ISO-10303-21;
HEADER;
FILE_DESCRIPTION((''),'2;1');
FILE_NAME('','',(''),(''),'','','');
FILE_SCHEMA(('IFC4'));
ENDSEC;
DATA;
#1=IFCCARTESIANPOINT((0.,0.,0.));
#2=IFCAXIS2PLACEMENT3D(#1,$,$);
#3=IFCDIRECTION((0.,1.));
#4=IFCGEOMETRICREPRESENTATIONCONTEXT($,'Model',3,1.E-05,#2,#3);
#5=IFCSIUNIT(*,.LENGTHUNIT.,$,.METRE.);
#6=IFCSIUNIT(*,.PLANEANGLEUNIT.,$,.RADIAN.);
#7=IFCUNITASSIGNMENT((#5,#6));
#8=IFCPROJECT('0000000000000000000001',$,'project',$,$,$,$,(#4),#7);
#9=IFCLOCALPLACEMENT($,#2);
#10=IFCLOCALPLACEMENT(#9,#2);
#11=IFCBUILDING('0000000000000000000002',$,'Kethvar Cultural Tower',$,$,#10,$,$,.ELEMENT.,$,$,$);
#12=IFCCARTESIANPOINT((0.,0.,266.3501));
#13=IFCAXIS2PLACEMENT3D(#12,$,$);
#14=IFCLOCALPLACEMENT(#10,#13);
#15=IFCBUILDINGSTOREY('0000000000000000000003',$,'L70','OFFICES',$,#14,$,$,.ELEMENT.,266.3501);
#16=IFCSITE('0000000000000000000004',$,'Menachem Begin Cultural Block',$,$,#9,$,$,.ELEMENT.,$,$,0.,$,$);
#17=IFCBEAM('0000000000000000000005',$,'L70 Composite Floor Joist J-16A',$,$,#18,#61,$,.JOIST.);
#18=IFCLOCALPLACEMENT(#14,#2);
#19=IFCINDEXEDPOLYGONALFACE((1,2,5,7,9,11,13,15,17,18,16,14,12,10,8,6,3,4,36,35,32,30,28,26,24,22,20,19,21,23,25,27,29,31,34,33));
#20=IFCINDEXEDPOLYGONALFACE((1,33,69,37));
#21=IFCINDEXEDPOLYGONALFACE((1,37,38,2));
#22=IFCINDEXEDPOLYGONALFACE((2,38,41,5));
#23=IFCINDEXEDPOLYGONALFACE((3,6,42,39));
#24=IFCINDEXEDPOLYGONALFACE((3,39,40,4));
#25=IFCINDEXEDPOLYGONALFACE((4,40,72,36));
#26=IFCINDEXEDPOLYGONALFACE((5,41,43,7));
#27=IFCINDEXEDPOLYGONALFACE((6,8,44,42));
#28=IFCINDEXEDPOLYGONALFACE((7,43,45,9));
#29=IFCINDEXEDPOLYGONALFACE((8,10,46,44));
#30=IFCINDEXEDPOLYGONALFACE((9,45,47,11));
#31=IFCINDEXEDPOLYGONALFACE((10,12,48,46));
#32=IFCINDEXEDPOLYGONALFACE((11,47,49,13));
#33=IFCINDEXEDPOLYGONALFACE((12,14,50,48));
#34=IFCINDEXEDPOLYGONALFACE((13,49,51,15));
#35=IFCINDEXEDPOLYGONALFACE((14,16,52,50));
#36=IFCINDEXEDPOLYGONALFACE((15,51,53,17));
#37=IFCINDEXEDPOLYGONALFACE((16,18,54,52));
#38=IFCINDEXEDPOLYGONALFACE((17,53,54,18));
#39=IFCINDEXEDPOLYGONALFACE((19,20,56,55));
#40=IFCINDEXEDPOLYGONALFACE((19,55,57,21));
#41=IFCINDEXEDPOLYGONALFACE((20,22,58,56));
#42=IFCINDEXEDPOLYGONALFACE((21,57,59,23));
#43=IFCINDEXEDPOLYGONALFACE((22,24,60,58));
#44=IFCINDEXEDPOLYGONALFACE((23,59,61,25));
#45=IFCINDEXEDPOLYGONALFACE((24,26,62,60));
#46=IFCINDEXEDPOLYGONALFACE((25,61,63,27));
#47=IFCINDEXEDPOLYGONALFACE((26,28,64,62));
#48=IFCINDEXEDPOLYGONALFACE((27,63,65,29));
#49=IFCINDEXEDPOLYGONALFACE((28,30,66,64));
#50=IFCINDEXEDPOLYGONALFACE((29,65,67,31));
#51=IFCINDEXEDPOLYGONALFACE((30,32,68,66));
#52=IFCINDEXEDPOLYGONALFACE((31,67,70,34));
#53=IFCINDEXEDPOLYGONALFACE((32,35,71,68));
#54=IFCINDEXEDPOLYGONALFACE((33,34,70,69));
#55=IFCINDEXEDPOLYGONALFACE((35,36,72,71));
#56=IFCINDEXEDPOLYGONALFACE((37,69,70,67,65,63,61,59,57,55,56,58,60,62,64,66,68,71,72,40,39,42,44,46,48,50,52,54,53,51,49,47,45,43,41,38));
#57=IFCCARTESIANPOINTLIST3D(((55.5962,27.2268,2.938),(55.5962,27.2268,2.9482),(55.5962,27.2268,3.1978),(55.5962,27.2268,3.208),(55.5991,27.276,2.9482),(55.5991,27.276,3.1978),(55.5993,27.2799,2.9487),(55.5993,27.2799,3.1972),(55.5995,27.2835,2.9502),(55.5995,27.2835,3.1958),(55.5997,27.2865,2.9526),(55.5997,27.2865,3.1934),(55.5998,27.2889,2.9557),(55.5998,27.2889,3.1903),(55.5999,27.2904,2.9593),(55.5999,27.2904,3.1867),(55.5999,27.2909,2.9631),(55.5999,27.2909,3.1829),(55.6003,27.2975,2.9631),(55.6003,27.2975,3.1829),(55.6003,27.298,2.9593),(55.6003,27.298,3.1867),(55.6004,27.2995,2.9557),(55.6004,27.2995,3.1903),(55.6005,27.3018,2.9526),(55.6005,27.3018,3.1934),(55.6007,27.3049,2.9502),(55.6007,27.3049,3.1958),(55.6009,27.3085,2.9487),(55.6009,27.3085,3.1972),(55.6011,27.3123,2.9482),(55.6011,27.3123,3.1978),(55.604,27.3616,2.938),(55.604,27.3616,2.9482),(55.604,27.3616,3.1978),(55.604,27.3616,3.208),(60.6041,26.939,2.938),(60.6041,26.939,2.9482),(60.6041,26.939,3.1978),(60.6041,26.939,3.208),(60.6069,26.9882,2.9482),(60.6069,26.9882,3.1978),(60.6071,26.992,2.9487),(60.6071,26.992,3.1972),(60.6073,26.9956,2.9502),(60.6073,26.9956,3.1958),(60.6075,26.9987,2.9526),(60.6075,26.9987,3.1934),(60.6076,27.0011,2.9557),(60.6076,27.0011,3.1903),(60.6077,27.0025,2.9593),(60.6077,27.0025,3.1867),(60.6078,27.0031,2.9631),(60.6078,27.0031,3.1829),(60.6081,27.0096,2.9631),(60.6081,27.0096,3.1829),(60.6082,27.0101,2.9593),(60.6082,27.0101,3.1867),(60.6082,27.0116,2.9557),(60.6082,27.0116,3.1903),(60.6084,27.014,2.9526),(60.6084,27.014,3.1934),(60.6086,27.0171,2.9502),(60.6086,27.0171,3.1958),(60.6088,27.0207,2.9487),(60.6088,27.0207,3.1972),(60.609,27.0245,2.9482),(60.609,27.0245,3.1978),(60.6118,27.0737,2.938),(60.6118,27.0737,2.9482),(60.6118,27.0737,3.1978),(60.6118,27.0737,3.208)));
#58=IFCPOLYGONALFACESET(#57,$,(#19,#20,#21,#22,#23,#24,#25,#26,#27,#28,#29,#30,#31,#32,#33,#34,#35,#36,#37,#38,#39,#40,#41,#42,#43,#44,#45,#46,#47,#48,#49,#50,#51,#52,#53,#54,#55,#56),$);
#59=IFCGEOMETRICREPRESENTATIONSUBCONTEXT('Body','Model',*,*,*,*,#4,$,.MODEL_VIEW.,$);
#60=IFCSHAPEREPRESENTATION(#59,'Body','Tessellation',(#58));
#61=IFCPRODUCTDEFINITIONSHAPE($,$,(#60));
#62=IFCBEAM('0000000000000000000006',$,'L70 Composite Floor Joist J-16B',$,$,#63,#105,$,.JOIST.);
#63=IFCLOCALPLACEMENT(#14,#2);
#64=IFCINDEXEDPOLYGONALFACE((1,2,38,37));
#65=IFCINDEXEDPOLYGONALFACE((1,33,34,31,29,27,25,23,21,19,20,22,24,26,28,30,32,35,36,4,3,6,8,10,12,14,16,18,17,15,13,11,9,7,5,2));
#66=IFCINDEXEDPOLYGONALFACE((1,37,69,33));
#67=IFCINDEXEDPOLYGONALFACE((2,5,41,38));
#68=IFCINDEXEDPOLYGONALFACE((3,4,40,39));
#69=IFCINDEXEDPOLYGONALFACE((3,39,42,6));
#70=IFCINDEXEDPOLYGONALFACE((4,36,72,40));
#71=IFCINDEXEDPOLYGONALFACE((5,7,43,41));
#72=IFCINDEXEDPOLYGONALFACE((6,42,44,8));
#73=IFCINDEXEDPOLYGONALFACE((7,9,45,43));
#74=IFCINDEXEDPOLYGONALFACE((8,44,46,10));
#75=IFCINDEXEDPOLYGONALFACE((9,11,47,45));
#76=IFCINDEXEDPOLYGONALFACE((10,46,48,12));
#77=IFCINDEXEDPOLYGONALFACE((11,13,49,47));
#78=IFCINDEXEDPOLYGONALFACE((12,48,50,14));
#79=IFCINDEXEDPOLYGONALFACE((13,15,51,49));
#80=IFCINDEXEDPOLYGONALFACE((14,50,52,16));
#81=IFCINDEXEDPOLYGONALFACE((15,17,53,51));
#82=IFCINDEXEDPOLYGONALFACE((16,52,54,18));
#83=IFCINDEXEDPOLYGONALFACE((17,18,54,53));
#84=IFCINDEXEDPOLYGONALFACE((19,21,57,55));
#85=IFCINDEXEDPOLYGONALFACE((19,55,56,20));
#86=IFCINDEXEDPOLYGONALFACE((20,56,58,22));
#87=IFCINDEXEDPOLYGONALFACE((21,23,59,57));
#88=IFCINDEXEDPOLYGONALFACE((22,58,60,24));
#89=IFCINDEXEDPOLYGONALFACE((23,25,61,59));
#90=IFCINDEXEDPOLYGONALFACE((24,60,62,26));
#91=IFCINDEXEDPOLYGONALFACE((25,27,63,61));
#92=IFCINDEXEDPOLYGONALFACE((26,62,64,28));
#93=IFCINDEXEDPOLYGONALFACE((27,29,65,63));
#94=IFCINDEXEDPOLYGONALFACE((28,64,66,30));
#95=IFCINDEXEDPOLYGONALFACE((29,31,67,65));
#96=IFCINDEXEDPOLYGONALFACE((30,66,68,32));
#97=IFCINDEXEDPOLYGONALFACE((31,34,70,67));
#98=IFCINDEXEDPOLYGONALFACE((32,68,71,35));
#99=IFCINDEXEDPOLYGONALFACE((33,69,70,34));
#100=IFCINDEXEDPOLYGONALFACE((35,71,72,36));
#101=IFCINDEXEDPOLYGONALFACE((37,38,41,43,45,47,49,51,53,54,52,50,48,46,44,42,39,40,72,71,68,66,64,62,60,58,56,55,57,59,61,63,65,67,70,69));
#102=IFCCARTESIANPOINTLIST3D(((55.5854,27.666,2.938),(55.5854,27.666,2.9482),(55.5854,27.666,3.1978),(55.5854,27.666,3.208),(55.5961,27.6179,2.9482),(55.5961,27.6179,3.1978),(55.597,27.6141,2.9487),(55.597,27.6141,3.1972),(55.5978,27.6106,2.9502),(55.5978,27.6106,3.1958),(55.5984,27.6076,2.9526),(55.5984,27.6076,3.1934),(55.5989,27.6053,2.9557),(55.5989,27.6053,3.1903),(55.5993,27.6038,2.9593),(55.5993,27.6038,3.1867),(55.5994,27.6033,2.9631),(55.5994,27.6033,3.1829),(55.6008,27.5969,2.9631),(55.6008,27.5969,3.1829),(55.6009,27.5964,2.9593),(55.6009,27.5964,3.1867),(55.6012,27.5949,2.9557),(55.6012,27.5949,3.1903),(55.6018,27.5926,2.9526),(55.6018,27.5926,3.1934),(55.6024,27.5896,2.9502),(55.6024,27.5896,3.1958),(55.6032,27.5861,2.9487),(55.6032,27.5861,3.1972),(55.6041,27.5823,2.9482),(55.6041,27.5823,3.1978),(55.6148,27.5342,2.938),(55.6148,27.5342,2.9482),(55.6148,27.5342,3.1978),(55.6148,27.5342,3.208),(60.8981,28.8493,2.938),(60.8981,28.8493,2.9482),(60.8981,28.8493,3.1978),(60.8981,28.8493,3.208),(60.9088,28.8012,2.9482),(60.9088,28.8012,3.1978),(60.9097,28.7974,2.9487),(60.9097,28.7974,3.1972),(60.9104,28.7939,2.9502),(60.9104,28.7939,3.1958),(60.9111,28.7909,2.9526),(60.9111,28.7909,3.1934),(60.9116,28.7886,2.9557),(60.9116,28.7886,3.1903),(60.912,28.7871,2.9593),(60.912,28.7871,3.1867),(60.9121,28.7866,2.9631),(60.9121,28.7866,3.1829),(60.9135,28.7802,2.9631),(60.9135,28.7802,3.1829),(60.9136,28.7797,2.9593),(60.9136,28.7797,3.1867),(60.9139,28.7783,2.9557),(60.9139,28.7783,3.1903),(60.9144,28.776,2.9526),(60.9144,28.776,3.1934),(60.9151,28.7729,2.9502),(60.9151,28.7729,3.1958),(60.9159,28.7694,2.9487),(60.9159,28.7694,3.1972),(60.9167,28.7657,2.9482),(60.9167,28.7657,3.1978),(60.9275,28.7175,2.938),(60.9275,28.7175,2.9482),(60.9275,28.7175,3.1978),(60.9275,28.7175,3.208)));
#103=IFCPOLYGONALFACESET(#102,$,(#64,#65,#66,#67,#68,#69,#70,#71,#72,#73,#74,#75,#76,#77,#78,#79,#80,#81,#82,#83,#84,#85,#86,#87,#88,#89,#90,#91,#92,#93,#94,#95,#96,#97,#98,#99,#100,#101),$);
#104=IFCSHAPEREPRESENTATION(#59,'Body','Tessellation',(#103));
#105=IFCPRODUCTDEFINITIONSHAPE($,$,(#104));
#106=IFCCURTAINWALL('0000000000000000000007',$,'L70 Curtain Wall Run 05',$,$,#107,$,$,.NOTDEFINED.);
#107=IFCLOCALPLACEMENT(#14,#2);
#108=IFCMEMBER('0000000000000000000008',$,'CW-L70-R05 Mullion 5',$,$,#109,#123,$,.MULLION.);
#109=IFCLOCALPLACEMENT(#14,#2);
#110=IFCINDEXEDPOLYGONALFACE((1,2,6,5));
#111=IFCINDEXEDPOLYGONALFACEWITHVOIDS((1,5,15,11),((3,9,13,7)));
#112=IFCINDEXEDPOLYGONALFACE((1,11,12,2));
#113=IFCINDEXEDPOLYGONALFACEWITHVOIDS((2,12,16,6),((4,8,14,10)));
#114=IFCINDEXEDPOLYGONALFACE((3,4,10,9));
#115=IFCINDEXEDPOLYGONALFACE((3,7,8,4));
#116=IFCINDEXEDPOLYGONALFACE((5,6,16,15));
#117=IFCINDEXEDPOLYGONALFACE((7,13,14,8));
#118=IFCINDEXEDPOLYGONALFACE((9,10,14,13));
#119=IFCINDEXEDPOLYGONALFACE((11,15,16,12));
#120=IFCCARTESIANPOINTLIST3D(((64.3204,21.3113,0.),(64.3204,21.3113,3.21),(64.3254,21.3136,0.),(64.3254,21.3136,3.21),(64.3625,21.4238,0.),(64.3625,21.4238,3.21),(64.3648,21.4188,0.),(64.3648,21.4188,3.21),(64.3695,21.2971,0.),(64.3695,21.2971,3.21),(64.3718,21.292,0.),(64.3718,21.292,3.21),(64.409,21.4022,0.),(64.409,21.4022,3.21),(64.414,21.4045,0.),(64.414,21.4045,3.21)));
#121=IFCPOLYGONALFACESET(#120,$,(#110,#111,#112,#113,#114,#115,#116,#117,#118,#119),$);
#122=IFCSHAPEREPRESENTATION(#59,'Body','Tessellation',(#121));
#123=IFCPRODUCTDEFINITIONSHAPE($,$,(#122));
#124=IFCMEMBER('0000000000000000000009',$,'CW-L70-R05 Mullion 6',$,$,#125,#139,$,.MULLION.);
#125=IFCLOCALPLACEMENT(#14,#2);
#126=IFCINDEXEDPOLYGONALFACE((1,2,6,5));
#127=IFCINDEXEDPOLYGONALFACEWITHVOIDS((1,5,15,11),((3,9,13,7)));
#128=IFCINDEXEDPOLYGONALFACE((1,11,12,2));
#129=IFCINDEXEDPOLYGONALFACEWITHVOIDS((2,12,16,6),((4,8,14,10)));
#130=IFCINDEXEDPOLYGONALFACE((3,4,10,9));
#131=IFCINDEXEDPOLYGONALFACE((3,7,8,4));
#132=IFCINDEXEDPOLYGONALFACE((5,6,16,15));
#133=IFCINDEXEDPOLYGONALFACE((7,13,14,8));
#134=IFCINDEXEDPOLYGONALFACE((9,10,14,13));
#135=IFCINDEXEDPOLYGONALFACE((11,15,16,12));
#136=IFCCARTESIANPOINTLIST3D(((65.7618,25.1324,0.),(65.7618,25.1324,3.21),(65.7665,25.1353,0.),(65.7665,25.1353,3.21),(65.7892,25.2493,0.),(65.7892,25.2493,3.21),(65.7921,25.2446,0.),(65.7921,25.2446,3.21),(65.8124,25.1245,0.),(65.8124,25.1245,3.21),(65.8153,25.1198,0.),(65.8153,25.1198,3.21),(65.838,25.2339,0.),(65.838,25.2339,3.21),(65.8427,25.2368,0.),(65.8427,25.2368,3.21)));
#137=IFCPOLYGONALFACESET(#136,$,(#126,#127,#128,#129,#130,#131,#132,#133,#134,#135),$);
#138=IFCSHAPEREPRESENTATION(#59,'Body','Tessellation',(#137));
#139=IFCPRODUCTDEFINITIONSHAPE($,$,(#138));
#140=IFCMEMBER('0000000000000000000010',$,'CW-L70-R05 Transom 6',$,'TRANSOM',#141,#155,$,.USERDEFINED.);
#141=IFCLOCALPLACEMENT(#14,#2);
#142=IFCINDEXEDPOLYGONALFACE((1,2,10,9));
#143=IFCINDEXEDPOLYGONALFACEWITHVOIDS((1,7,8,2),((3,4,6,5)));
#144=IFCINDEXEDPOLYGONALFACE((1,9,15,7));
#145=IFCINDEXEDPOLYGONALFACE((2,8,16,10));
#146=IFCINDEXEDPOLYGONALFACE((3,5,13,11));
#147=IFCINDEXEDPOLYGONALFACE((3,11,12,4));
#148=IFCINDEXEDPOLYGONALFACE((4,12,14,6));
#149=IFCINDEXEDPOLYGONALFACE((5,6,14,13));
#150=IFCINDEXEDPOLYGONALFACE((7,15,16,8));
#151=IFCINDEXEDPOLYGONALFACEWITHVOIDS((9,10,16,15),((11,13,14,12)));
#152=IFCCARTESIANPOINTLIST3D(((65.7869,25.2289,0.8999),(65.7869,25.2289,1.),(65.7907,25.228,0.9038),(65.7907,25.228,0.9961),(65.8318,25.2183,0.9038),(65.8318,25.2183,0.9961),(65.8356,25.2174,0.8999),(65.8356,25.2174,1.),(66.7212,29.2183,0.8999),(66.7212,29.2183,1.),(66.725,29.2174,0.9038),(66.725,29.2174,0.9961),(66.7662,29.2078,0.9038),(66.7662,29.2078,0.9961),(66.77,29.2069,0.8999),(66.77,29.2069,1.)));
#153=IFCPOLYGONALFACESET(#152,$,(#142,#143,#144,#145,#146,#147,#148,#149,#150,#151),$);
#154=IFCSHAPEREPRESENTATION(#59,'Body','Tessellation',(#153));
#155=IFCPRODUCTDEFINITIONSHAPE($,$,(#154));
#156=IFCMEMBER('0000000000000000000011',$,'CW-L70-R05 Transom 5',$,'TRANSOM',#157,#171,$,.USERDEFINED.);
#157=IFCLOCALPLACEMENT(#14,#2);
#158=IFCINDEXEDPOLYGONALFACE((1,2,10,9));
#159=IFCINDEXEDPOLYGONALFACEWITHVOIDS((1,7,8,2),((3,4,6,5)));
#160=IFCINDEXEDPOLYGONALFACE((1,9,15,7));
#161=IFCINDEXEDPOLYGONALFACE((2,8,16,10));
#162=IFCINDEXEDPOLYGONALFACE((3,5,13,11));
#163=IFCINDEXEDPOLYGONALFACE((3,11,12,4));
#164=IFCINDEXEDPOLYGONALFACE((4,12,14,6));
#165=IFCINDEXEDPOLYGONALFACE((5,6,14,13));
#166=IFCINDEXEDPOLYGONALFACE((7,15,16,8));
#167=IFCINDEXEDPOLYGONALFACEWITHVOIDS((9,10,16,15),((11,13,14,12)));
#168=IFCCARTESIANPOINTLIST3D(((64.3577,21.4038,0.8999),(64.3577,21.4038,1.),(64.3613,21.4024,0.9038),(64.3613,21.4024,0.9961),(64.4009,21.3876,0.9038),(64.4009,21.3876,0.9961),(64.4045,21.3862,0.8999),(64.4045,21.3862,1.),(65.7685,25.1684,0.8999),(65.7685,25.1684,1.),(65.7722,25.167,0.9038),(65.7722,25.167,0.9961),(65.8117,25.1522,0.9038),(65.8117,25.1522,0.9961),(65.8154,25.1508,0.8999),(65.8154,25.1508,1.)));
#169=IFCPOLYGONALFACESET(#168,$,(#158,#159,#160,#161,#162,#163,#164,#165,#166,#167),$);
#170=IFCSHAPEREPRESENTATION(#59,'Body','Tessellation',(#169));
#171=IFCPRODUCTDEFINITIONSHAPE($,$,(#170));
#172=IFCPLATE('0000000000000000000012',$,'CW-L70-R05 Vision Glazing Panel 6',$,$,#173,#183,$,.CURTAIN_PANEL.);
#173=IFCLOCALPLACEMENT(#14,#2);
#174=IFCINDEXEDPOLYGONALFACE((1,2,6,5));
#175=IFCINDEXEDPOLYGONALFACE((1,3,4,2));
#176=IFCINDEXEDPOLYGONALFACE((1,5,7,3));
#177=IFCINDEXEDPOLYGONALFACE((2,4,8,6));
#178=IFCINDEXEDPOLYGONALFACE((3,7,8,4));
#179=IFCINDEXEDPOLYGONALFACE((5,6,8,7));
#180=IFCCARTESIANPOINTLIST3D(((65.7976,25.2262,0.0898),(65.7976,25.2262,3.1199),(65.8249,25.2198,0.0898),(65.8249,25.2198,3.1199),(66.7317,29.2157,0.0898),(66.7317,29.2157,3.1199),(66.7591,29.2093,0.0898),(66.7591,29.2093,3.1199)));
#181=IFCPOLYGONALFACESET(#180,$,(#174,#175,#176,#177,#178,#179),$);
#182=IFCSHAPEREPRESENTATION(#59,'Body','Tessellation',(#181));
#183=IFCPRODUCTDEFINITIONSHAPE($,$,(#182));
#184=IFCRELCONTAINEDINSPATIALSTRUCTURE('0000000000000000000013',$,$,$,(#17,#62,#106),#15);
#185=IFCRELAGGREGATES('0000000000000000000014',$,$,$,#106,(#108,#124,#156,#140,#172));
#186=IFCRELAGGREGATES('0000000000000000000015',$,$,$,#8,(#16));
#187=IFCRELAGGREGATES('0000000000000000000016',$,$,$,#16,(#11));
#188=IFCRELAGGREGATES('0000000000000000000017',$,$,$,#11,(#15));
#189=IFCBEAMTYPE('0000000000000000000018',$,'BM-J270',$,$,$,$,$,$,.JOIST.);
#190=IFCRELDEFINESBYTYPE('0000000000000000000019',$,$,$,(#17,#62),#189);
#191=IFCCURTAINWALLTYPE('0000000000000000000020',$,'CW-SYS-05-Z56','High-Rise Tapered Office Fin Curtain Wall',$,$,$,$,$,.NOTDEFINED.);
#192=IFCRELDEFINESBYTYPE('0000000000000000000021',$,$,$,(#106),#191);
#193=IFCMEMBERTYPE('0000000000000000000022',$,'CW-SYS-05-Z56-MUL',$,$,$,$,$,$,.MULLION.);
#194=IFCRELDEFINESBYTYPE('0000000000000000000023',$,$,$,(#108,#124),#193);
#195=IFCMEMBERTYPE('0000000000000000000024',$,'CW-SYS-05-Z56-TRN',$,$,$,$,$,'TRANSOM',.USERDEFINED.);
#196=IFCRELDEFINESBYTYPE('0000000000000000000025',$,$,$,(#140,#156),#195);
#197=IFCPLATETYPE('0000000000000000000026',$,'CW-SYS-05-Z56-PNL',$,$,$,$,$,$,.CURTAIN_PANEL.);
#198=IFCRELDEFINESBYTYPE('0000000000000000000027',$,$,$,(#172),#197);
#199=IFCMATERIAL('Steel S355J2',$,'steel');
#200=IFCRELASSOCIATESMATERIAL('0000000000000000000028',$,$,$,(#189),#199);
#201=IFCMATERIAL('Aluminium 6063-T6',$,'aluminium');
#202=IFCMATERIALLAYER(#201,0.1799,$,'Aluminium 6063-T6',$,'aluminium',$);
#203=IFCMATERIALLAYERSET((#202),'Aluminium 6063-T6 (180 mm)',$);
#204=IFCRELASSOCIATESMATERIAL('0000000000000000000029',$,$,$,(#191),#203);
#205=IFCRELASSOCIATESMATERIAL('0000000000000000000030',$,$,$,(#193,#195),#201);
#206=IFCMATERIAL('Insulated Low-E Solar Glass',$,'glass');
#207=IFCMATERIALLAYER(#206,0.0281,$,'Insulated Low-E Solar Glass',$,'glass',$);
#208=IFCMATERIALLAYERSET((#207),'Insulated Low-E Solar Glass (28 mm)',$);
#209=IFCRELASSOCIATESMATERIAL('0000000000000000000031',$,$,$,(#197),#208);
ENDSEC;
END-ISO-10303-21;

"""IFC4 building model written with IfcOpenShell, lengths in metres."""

from ifc_helpers import new_model, si_unit, direction, frame, origin, origin_2d, place, context, subcontext, project, spatial, rectangle, hollow_rectangle, i_section, extrude, source, transform, mapped, material, layer, layer_set, material_profile, profile_set, type_object, element, aggregate, save


model = new_model("IFC4")

# Units and contexts
model_context = context("Model", 3, precision=1e-05, world=origin(), true_north=direction((0.0, 1.0)))
body_context = subcontext(model_context, "Body", "Model", "MODEL_VIEW")
ifc_project = project(units=[si_unit("LENGTHUNIT", "METRE"), si_unit("PLANEANGLEUNIT", "RADIAN")], contexts=[model_context])

# Site, building, storey
site_placement = place(None, origin())
site = spatial("IfcSite", under=ifc_project, at=site_placement, Name="Menachem Begin Cultural Block", CompositionType="ELEMENT", RefElevation=0.0)
building_placement = place(site_placement, origin())
building = spatial("IfcBuilding", under=site, at=building_placement, Name="Kethvar Cultural Tower", CompositionType="ELEMENT")
storey_placement = place(building_placement, frame((0.0, 0.0, 266.3501)))
storey = spatial("IfcBuildingStorey", under=building, at=storey_placement, Name="L70", Description="OFFICES", CompositionType="ELEMENT", Elevation=266.3501)

# Shared definitions
ifc_material_1 = material(Name="Steel S355J2", Category="steel")

# Beams
ifc_material_profile_1 = material_profile(ifc_material_1, i_section(OverallWidth=0.135, OverallDepth=0.27, WebThickness=0.0066, FlangeThickness=0.0103, FilletRadius=0.0149, at=origin_2d()), Name="Steel S355J2 — IPE270")
ifc_profile_set_1 = profile_set([ifc_material_profile_1], Name="Steel S355J2 — IPE270")
beam_type_1 = type_object("IfcBeamType", Name="BM-J270", PredefinedType="JOIST", material=ifc_profile_set_1)
shared_shape_1 = source(origin(), body_context, "Body", "SweptSolid", [
    extrude(i_section(OverallWidth=0.135, OverallDepth=0.27, WebThickness=0.0066, FlangeThickness=0.0103, FilletRadius=0.0149, at=origin_2d()), origin(), (0.0, 0.0, 1.0), 5.0161),
])
beam_1_placement = place(storey_placement, frame((55.6001, 27.2942, 3.073), z_axis=(0.998352, -0.057384, 0.0), x_axis=(0.057384, 0.998352, 0.0)))
element("IfcBeam", 1, at=beam_1_placement, inside=storey, type_object=beam_type_1, Name="L70 Composite Floor Joist J-16A", PredefinedType="JOIST", context=body_context, shape_type="MappedRepresentation", body=[
    mapped(shared_shape_1, transform((0.0, 0.0, 0.0), scale=1.0)),
])
shared_shape_2 = source(origin(), body_context, "Body", "SweptSolid", [
    extrude(i_section(OverallWidth=0.135, OverallDepth=0.27, WebThickness=0.0066, FlangeThickness=0.0103, FilletRadius=0.0149, at=origin_2d()), origin(), (0.0, 0.0, 1.0), 5.4429),
])
beam_2_placement = place(storey_placement, frame((55.6001, 27.6001, 3.073), z_axis=(0.97608, 0.21741, 0.0), x_axis=(-0.21741, 0.97608, 0.0)))
element("IfcBeam", 2, at=beam_2_placement, inside=storey, type_object=beam_type_1, Name="L70 Composite Floor Joist J-16B", PredefinedType="JOIST", context=body_context, shape_type="MappedRepresentation", body=[
    mapped(shared_shape_2, transform((0.0, 0.0, 0.0), scale=1.0)),
])

# Curtain wall, members, plate
ifc_material_2 = material(Name="Aluminium 6063-T6", Category="aluminium")
ifc_layer_1 = layer(ifc_material_2, 0.1799, Name="Aluminium 6063-T6", Category="aluminium")
ifc_layer_set_1 = layer_set([ifc_layer_1], Name="Aluminium 6063-T6 (180 mm)")
curtain_wall_type = type_object("IfcCurtainWallType", Name="CW-SYS-05-Z56", Description="High-Rise Tapered Office Fin Curtain Wall", PredefinedType="NOTDEFINED", material=ifc_layer_set_1)
curtain_wall_placement = place(storey_placement, origin())
curtain_wall = element("IfcCurtainWall", 3, at=curtain_wall_placement, inside=storey, type_object=curtain_wall_type, Name="L70 Curtain Wall Run 05", PredefinedType="NOTDEFINED")
ifc_material_profile_2 = material_profile(ifc_material_2, hollow_rectangle(XDim=0.0549, YDim=0.1201, WallThickness=0.0039, at=origin_2d()), Name="Aluminium 6063-T6 — RHS120x55x4")
ifc_profile_set_2 = profile_set([ifc_material_profile_2], Name="Aluminium 6063-T6 — RHS120x55x4")
member_type_1 = type_object("IfcMemberType", Name="CW-SYS-05-Z56-MUL", PredefinedType="MULLION", material=ifc_profile_set_2)
shared_shape_3 = source(origin(), body_context, "Body", "SweptSolid", [
    extrude(hollow_rectangle(XDim=0.0549, YDim=0.1201, WallThickness=0.0039, at=origin_2d()), origin(), (0.0, 0.0, 1.0), 3.21),
])
member_1_placement = place(storey_placement, frame((64.3672, 21.3579, 0.0), z_axis=(0.0, 0.0, 1.0), x_axis=(-0.936385, 0.350976, 0.0)))
member_1 = element("IfcMember", 4, at=member_1_placement, type_object=member_type_1, Name="CW-L70-R05 Mullion 5", PredefinedType="MULLION", context=body_context, shape_type="MappedRepresentation", body=[
    mapped(shared_shape_3, transform((0.0, 0.0, 0.0), scale=1.0)),
])
member_2_placement = place(storey_placement, frame((65.8022, 25.1846, 0.0), z_axis=(0.0, 0.0, 1.0), x_axis=(-0.973663, 0.227994, 0.0)))
member_2 = element("IfcMember", 5, at=member_2_placement, type_object=member_type_1, Name="CW-L70-R05 Mullion 6", PredefinedType="MULLION", context=body_context, shape_type="MappedRepresentation", body=[
    mapped(shared_shape_3, transform((0.0, 0.0, 0.0), scale=1.0)),
])
ifc_material_profile_3 = material_profile(ifc_material_2, hollow_rectangle(XDim=0.05, YDim=0.1001, WallThickness=0.0039, at=origin_2d()), Name="Aluminium 6063-T6 — RHS100x50x4")
ifc_profile_set_3 = profile_set([ifc_material_profile_3], Name="Aluminium 6063-T6 — RHS100x50x4")
member_type_2 = type_object("IfcMemberType", Name="CW-SYS-05-Z56-TRN", ElementType="TRANSOM", PredefinedType="USERDEFINED", material=ifc_profile_set_3)
shared_shape_4 = source(origin(), body_context, "Body", "SweptSolid", [
    extrude(hollow_rectangle(XDim=0.05, YDim=0.1001, WallThickness=0.0039, at=origin_2d()), origin(), (0.0, 0.0, 1.0), 4.0974),
])
member_3_placement = place(storey_placement, frame((65.8113, 25.2231, 0.95), z_axis=(0.228026, 0.973655, 0.0), x_axis=(-0.973655, 0.228026, 0.0)))
member_3 = element("IfcMember", 6, at=member_3_placement, type_object=member_type_2, Name="CW-L70-R05 Transom 6", ObjectType="TRANSOM", PredefinedType="USERDEFINED", context=body_context, shape_type="MappedRepresentation", body=[
    mapped(shared_shape_4, transform((0.0, 0.0, 0.0), scale=1.0)),
])
shared_shape_5 = source(origin(), body_context, "Body", "SweptSolid", [
    extrude(hollow_rectangle(XDim=0.05, YDim=0.1001, WallThickness=0.0039, at=origin_2d()), origin(), (0.0, 0.0, 1.0), 4.0203),
])
member_4_placement = place(storey_placement, frame((64.3811, 21.395, 0.95), z_axis=(0.350937, 0.936399, 0.0), x_axis=(-0.936399, 0.350937, 0.0)))
member_4 = element("IfcMember", 7, at=member_4_placement, type_object=member_type_2, Name="CW-L70-R05 Transom 5", ObjectType="TRANSOM", PredefinedType="USERDEFINED", context=body_context, shape_type="MappedRepresentation", body=[
    mapped(shared_shape_5, transform((0.0, 0.0, 0.0), scale=1.0)),
])
ifc_material_3 = material(Name="Insulated Low-E Solar Glass", Category="glass")
ifc_layer_2 = layer(ifc_material_3, 0.0281, Name="Insulated Low-E Solar Glass", Category="glass")
ifc_layer_set_2 = layer_set([ifc_layer_2], Name="Insulated Low-E Solar Glass (28 mm)")
plate_type = type_object("IfcPlateType", Name="CW-SYS-05-Z56-PNL", PredefinedType="CURTAIN_PANEL", material=ifc_layer_set_2)
shared_shape_6 = source(origin(), body_context, "Body", "SweptSolid", [
    extrude(rectangle(XDim=4.0974, YDim=0.0281, at=origin_2d()), origin(), (0.0, 0.0, 1.0), 3.03),
])
plate_1_placement = place(storey_placement, frame((66.2783, 27.2178, 0.0898), z_axis=(0.0, 0.0, 1.0), x_axis=(0.227994, 0.973663, 0.0)))
plate_1 = element("IfcPlate", 8, at=plate_1_placement, type_object=plate_type, Name="CW-L70-R05 Vision Glazing Panel 6", PredefinedType="CURTAIN_PANEL", context=body_context, shape_type="MappedRepresentation", body=[
    mapped(shared_shape_6, transform((0.0, 0.0, 0.0), scale=1.0)),
])
aggregate(curtain_wall, [member_1, member_2, member_4, member_3, plate_1])

save(model, "model.ifc")
